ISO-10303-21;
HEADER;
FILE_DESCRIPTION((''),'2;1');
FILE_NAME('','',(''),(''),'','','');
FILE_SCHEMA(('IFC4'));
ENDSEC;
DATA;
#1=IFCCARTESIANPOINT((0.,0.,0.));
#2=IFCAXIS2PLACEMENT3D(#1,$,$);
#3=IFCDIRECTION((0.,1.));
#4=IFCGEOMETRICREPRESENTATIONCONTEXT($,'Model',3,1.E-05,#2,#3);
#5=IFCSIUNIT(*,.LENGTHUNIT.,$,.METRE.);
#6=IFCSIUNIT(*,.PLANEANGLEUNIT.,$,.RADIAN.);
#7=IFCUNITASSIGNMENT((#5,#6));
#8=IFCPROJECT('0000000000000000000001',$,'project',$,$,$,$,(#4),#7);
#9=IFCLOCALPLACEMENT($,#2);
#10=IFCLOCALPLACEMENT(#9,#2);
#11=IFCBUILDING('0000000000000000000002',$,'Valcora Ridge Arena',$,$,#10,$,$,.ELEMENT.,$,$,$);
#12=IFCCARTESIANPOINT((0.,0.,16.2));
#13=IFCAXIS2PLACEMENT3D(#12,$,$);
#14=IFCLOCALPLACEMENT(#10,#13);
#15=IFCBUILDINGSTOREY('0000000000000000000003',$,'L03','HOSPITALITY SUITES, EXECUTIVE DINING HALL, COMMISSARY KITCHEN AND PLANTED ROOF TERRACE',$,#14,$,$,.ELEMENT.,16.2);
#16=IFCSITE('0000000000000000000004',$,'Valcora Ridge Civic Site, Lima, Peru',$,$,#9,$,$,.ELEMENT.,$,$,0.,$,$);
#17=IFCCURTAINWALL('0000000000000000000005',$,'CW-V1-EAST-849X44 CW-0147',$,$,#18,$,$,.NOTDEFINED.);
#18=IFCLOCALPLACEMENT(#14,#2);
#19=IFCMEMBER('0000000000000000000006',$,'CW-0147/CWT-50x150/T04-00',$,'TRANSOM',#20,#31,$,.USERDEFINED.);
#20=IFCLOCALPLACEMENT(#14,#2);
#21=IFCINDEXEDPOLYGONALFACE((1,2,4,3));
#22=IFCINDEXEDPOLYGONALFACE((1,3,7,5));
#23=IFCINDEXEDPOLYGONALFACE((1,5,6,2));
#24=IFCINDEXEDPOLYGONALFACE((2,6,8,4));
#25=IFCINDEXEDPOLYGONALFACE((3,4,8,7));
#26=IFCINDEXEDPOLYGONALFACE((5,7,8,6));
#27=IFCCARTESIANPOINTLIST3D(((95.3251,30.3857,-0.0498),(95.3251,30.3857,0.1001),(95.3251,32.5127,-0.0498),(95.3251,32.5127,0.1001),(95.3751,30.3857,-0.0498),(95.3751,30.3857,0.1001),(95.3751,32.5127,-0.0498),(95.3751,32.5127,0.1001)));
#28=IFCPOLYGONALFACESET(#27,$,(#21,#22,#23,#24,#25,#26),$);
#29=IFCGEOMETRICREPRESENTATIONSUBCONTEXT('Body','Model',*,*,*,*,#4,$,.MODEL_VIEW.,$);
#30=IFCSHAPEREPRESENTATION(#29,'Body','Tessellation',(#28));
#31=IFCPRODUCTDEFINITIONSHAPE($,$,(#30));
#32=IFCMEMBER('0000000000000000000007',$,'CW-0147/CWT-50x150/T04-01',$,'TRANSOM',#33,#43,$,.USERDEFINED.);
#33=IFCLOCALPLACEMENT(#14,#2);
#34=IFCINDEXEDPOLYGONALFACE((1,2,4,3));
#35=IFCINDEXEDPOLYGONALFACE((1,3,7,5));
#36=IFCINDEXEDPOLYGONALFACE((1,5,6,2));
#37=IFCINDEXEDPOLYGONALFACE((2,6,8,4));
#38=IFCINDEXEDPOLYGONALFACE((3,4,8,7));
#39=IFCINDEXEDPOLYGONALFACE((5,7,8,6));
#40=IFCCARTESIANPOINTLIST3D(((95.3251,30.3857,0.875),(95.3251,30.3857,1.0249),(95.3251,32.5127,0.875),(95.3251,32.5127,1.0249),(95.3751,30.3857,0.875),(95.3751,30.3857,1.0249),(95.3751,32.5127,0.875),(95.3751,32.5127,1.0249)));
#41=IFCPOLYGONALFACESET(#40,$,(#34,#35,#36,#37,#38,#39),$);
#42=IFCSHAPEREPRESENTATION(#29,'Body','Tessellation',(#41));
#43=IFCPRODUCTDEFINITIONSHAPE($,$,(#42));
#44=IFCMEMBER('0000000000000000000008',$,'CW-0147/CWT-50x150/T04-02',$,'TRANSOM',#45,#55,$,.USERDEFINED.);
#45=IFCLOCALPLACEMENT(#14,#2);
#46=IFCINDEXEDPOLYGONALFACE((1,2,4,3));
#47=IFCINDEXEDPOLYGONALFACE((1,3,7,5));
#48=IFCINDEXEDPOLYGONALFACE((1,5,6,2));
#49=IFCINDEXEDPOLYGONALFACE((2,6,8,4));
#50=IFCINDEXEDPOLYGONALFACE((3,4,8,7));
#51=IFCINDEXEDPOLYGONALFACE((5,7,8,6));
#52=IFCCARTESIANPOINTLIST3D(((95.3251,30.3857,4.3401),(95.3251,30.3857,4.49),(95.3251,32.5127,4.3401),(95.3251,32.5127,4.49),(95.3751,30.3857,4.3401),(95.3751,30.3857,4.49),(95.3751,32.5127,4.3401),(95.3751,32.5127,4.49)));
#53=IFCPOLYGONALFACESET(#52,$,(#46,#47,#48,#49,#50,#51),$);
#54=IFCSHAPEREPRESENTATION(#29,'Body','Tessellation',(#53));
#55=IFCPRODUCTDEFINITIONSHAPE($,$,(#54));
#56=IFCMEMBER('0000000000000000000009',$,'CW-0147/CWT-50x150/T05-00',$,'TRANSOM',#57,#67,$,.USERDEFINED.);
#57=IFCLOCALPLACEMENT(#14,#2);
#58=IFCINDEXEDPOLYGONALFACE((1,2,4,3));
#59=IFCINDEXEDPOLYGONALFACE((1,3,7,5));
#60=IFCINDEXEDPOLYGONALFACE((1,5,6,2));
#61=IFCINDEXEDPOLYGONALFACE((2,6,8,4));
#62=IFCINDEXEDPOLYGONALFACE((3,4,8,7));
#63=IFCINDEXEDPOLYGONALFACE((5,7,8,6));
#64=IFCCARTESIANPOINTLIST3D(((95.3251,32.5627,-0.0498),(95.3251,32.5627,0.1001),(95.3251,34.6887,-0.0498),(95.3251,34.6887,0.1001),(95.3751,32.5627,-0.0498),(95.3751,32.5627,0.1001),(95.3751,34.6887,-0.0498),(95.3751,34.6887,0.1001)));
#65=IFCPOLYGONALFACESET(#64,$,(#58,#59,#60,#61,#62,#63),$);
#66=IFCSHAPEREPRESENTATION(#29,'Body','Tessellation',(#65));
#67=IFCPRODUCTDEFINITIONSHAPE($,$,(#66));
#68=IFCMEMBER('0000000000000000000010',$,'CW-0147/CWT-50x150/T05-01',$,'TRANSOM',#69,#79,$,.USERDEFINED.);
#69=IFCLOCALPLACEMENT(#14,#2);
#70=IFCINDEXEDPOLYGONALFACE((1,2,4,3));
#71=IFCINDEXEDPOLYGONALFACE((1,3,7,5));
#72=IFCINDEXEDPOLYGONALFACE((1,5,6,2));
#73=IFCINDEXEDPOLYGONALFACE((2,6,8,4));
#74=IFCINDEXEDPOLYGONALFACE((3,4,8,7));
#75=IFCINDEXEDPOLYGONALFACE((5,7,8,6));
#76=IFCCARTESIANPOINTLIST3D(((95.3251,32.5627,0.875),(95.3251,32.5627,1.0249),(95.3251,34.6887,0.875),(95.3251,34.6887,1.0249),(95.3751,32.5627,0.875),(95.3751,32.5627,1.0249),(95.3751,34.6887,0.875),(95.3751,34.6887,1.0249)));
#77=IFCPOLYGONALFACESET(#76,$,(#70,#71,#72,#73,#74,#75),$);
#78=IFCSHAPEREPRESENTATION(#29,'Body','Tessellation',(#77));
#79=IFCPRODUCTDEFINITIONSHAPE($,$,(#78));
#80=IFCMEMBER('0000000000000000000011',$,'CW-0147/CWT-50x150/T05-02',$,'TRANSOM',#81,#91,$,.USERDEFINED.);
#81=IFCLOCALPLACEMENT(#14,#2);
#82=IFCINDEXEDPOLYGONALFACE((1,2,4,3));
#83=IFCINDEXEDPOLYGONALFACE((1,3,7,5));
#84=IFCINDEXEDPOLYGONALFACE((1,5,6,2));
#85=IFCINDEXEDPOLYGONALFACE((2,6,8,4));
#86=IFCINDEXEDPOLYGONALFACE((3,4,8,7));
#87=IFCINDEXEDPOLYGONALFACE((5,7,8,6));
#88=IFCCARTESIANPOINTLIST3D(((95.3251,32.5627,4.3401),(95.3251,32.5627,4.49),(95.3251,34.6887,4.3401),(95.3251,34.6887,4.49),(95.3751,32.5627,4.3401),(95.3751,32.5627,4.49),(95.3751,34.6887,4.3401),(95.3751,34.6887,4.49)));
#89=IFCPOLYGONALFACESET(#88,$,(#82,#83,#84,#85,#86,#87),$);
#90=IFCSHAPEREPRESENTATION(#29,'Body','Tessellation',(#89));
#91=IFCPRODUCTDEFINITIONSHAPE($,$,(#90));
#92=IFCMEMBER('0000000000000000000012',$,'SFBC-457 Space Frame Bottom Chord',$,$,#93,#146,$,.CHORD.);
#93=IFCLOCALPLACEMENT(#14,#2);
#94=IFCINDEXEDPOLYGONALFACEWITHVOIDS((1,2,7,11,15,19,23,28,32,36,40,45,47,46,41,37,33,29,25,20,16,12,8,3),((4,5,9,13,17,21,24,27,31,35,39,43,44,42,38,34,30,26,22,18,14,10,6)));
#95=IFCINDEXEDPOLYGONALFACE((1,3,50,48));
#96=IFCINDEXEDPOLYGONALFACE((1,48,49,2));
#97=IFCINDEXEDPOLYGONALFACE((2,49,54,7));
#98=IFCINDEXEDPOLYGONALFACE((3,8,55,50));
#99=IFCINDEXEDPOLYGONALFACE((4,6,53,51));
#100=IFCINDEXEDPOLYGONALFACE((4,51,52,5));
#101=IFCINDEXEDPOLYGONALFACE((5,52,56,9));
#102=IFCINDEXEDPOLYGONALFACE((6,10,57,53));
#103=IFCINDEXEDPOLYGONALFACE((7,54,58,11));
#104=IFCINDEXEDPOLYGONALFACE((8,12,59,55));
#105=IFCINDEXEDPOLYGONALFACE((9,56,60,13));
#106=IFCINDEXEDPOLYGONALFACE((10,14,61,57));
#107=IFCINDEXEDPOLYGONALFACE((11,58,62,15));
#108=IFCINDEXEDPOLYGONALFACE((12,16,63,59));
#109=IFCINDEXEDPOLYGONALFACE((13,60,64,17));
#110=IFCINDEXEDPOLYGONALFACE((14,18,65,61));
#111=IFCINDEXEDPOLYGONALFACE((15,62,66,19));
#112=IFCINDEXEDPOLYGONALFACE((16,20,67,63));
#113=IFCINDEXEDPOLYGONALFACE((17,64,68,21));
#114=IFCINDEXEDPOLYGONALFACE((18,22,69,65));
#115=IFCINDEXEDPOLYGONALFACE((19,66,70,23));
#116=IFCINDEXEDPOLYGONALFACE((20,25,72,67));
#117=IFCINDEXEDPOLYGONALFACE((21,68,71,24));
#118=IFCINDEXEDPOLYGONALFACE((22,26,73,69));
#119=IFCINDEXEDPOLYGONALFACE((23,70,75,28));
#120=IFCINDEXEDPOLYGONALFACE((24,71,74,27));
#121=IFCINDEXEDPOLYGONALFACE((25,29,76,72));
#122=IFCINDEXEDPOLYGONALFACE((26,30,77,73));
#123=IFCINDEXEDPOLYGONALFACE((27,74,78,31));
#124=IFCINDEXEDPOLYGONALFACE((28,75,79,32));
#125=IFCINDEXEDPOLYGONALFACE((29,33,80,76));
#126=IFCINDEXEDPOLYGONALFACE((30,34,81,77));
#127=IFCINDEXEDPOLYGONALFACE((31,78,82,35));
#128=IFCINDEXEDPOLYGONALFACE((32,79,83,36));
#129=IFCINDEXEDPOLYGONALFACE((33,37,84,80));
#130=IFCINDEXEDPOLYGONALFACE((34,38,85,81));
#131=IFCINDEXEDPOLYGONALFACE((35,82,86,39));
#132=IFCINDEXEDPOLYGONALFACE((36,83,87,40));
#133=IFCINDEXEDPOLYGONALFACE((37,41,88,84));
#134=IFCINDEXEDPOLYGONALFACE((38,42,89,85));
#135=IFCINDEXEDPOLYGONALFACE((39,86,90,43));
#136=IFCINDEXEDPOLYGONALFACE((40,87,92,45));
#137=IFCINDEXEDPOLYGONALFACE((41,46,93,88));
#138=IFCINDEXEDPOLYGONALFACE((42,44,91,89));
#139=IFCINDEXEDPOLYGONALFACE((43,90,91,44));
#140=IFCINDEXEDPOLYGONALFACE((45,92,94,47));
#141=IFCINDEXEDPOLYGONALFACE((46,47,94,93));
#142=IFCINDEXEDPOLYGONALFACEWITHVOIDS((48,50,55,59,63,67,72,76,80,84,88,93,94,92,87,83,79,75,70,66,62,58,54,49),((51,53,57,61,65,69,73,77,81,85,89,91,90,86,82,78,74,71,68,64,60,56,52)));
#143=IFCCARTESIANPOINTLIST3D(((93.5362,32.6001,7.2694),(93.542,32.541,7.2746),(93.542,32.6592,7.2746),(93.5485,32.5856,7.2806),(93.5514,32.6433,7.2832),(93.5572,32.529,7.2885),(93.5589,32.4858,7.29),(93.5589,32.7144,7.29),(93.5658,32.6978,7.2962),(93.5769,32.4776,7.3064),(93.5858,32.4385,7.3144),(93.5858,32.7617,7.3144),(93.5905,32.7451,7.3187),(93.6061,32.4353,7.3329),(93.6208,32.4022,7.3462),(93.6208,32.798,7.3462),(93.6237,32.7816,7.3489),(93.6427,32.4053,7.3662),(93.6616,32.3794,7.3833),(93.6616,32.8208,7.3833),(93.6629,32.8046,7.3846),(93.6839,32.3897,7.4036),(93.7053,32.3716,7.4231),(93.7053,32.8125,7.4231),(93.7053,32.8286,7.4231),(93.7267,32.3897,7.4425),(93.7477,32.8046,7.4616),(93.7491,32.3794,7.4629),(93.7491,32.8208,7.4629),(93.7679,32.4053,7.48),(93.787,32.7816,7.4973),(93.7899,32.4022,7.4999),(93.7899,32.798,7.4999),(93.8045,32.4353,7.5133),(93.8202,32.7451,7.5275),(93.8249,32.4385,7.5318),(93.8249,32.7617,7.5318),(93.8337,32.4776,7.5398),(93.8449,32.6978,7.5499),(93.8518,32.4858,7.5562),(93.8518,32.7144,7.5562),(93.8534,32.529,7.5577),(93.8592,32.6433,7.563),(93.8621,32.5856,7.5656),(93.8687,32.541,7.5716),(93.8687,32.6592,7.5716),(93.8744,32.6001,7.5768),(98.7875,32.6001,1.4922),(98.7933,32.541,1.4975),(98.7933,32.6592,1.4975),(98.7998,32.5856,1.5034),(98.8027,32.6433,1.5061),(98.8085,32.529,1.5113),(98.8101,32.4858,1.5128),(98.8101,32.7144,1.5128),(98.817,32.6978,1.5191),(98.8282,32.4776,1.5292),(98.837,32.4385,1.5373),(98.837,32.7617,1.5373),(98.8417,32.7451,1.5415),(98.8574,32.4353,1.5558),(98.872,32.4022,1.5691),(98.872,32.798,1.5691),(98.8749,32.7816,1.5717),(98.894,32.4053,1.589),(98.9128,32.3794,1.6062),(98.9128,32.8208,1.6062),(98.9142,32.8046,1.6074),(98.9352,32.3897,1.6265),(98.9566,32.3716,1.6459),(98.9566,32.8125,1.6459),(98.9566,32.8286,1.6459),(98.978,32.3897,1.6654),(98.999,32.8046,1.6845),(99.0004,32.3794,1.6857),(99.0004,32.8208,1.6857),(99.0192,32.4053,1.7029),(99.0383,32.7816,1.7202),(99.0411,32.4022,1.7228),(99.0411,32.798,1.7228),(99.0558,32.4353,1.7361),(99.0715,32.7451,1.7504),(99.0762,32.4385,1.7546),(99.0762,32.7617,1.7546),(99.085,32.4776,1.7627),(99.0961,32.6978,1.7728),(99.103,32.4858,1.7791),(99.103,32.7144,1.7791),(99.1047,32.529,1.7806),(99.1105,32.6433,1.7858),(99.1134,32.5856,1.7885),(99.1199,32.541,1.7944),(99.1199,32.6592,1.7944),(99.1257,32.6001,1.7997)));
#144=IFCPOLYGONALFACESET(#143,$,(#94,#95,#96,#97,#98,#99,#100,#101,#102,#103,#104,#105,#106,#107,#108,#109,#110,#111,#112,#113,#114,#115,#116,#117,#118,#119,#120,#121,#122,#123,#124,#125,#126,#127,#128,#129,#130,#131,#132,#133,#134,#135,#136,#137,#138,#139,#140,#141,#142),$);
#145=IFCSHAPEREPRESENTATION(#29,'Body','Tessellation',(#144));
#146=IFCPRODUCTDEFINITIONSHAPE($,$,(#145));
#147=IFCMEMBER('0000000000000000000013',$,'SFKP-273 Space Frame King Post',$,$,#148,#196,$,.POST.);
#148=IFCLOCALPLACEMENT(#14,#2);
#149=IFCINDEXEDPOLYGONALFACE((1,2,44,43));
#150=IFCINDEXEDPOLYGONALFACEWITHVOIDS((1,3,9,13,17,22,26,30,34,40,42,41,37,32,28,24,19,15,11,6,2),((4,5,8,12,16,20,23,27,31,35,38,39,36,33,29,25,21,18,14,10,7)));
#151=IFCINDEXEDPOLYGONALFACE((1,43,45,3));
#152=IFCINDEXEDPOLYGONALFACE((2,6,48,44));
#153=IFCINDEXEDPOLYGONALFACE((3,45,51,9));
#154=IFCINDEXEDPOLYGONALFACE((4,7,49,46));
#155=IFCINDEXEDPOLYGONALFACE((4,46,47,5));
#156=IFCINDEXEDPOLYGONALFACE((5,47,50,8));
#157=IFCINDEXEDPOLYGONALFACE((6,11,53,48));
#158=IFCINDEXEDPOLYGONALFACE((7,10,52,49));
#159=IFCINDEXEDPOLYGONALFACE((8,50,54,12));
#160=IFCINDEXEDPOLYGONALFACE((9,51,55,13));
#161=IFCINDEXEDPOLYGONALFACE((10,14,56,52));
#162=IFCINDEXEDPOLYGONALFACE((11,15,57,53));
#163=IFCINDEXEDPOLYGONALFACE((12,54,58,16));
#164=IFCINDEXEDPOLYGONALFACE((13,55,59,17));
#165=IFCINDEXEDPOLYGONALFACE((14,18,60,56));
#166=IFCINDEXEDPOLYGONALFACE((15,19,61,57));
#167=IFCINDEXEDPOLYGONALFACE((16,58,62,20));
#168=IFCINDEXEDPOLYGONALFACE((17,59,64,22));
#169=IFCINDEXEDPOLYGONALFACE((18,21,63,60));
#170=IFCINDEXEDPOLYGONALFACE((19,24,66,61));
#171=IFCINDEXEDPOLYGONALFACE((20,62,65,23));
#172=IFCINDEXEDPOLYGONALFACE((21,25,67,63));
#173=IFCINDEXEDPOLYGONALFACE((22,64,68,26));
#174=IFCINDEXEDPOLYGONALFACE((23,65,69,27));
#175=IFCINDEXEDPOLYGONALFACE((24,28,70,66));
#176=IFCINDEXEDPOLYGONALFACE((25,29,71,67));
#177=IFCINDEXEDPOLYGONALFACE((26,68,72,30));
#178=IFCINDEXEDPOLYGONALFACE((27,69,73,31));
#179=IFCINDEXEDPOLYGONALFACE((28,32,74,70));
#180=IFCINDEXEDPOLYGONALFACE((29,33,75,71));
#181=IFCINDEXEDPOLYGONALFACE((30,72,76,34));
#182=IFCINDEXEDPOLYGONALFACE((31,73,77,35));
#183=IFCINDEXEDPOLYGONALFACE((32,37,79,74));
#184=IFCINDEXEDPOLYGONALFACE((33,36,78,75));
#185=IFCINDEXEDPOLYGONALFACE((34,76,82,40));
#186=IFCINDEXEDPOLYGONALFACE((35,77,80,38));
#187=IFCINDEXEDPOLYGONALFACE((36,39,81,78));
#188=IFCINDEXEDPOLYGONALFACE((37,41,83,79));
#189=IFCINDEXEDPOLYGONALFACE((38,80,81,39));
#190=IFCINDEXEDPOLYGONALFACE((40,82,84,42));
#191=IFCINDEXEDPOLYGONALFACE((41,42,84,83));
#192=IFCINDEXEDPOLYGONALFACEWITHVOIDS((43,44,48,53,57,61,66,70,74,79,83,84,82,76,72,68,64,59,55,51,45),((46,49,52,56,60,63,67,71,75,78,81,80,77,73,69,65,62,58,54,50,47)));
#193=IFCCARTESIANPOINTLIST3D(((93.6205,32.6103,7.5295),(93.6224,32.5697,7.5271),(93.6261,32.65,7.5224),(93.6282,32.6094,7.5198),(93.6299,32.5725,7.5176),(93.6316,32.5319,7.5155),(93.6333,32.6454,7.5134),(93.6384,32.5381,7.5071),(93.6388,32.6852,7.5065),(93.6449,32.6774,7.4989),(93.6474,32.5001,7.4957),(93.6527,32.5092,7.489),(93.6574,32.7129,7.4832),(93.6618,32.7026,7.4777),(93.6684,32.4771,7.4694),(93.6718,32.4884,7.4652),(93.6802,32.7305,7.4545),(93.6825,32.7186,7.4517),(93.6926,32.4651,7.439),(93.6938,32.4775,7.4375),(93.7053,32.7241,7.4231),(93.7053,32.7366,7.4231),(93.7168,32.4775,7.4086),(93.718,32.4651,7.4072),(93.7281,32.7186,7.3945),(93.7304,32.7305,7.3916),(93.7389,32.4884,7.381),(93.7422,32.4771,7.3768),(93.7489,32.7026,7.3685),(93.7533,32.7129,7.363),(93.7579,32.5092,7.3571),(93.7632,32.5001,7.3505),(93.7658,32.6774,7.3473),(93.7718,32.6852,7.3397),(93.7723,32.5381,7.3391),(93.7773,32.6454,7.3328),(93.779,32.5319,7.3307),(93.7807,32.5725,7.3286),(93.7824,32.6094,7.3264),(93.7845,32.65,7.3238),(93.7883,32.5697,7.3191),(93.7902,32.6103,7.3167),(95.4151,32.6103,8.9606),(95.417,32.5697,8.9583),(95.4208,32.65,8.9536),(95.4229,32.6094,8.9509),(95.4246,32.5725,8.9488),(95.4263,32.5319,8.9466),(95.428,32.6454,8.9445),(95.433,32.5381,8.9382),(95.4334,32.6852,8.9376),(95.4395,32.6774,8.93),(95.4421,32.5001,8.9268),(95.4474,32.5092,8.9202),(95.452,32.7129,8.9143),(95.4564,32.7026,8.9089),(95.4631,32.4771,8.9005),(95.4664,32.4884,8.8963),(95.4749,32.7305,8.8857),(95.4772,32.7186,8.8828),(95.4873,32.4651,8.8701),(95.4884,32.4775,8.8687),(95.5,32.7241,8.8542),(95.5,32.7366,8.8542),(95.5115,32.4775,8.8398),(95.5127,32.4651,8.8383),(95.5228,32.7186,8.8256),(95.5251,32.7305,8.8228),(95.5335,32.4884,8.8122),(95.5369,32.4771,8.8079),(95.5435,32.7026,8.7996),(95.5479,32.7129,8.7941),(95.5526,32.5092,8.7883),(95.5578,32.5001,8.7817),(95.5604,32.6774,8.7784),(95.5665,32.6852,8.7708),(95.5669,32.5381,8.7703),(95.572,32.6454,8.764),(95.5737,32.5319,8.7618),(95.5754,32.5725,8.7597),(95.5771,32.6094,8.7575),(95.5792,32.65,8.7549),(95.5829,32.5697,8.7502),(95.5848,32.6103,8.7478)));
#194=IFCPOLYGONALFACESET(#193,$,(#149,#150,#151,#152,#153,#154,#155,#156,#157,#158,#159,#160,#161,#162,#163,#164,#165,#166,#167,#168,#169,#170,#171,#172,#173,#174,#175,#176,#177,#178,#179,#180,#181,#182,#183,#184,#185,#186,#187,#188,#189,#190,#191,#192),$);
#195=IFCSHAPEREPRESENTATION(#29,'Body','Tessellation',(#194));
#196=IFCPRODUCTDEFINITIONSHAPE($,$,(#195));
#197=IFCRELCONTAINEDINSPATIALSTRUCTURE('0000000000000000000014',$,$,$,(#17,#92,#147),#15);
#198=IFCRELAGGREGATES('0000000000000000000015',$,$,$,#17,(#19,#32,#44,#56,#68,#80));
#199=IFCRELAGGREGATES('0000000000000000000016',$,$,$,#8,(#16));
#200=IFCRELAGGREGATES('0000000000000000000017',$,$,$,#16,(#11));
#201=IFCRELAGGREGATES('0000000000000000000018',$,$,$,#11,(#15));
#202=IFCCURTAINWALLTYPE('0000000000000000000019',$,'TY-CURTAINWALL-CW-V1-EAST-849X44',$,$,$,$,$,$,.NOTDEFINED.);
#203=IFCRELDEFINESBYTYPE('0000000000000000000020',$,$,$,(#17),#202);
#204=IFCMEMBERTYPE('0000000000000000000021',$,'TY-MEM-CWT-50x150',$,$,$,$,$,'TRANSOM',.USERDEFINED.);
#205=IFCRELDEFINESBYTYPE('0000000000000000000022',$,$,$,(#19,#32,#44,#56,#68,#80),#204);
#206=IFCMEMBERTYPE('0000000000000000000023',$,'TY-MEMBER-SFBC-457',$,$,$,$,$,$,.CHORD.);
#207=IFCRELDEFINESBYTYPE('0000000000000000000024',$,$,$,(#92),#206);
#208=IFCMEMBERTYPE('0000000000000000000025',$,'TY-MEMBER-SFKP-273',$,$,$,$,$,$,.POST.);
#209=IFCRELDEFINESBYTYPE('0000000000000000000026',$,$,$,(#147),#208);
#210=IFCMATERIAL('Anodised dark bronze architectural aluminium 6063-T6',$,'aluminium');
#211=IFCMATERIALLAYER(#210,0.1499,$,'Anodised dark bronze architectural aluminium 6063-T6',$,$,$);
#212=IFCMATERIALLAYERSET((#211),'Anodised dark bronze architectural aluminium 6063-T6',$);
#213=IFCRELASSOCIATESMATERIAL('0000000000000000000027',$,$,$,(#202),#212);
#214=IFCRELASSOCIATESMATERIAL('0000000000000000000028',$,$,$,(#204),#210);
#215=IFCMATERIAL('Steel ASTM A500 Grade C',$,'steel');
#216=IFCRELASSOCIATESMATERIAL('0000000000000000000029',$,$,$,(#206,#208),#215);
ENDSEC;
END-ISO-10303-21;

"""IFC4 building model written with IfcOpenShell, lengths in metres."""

from ifc_helpers import new_model, si_unit, direction, frame, origin, origin_2d, place, context, subcontext, project, spatial, rectangle, hollow_circle, extrude, material, layer, layer_set, material_profile, profile_set, type_object, element, aggregate, save


model = new_model("IFC4")

# Units and contexts
model_context = context("Model", 3, precision=1e-05, world=origin(), true_north=direction((0.0, 1.0)))
body_context = subcontext(model_context, "Body", "Model", "MODEL_VIEW")
ifc_project = project(units=[si_unit("LENGTHUNIT", "METRE"), si_unit("PLANEANGLEUNIT", "RADIAN")], contexts=[model_context])

# Site, building, storey
site_placement = place(None, origin())
site = spatial("IfcSite", under=ifc_project, at=site_placement, Name="Valcora Ridge Civic Site, Lima, Peru", CompositionType="ELEMENT", RefElevation=0.0)
building_placement = place(site_placement, origin())
building = spatial("IfcBuilding", under=site, at=building_placement, Name="Valcora Ridge Arena", CompositionType="ELEMENT")
storey_placement = place(building_placement, frame((0.0, 0.0, 16.2)))
storey = spatial("IfcBuildingStorey", under=building, at=storey_placement, Name="L03", Description="HOSPITALITY SUITES, EXECUTIVE DINING HALL, COMMISSARY KITCHEN AND PLANTED ROOF TERRACE", CompositionType="ELEMENT", Elevation=16.2)

# Curtain wall, members
ifc_material_1 = material(Name="Anodised dark bronze architectural aluminium 6063-T6", Category="aluminium")
ifc_layer_1 = layer(ifc_material_1, 0.1499, Name="Anodised dark bronze architectural aluminium 6063-T6")
ifc_layer_set_1 = layer_set([ifc_layer_1], Name="Anodised dark bronze architectural aluminium 6063-T6")
curtain_wall_type = type_object("IfcCurtainWallType", Name="TY-CURTAINWALL-CW-V1-EAST-849X44", PredefinedType="NOTDEFINED", material=ifc_layer_set_1)
curtain_wall_placement = place(storey_placement, origin())
curtain_wall = element("IfcCurtainWall", 1, at=curtain_wall_placement, inside=storey, type_object=curtain_wall_type, Name="CW-V1-EAST-849X44 CW-0147", PredefinedType="NOTDEFINED")
ifc_material_profile_1 = material_profile(ifc_material_1, rectangle(XDim=0.05, YDim=0.1499, at=origin_2d()), Name="ALU TRANSOM 50x150")
ifc_profile_set_1 = profile_set([ifc_material_profile_1], Name="Anodised dark bronze architectural aluminium 6063-T6")
member_type_1 = type_object("IfcMemberType", Name="TY-MEM-CWT-50x150", ElementType="TRANSOM", PredefinedType="USERDEFINED", material=ifc_profile_set_1)
member_1_placement = place(storey_placement, frame((95.3501, 30.3857, 0.0251), z_axis=(0.0, 1.0, 0.0), x_axis=(-1.0, 0.0, 0.0)))
member_1 = element("IfcMember", 2, at=member_1_placement, type_object=member_type_1, Name="CW-0147/CWT-50x150/T04-00", ObjectType="TRANSOM", PredefinedType="USERDEFINED", context=body_context, shape_type="SweptSolid", body=[
    extrude(rectangle(XDim=0.05, YDim=0.1499, at=origin_2d()), origin(), (0.0, 0.0, 1.0), 2.127),
])
member_2_placement = place(storey_placement, frame((95.3501, 30.3857, 0.95), z_axis=(0.0, 1.0, 0.0), x_axis=(-1.0, 0.0, 0.0)))
member_2 = element("IfcMember", 3, at=member_2_placement, type_object=member_type_1, Name="CW-0147/CWT-50x150/T04-01", ObjectType="TRANSOM", PredefinedType="USERDEFINED", context=body_context, shape_type="SweptSolid", body=[
    extrude(rectangle(XDim=0.05, YDim=0.1499, at=origin_2d()), origin(), (0.0, 0.0, 1.0), 2.127),
])
member_3_placement = place(storey_placement, frame((95.3501, 30.3857, 4.415), z_axis=(0.0, 1.0, 0.0), x_axis=(-1.0, 0.0, 0.0)))
member_3 = element("IfcMember", 4, at=member_3_placement, type_object=member_type_1, Name="CW-0147/CWT-50x150/T04-02", ObjectType="TRANSOM", PredefinedType="USERDEFINED", context=body_context, shape_type="SweptSolid", body=[
    extrude(rectangle(XDim=0.05, YDim=0.1499, at=origin_2d()), origin(), (0.0, 0.0, 1.0), 2.127),
])
member_4_placement = place(storey_placement, frame((95.3501, 32.5627, 0.0251), z_axis=(0.0, 1.0, 0.0), x_axis=(-1.0, 0.0, 0.0)))
member_4 = element("IfcMember", 5, at=member_4_placement, type_object=member_type_1, Name="CW-0147/CWT-50x150/T05-00", ObjectType="TRANSOM", PredefinedType="USERDEFINED", context=body_context, shape_type="SweptSolid", body=[
    extrude(rectangle(XDim=0.05, YDim=0.1499, at=origin_2d()), origin(), (0.0, 0.0, 1.0), 2.126),
])
member_5_placement = place(storey_placement, frame((95.3501, 32.5627, 0.95), z_axis=(0.0, 1.0, 0.0), x_axis=(-1.0, 0.0, 0.0)))
member_5 = element("IfcMember", 6, at=member_5_placement, type_object=member_type_1, Name="CW-0147/CWT-50x150/T05-01", ObjectType="TRANSOM", PredefinedType="USERDEFINED", context=body_context, shape_type="SweptSolid", body=[
    extrude(rectangle(XDim=0.05, YDim=0.1499, at=origin_2d()), origin(), (0.0, 0.0, 1.0), 2.126),
])
member_6_placement = place(storey_placement, frame((95.3501, 32.5627, 4.415), z_axis=(0.0, 1.0, 0.0), x_axis=(-1.0, 0.0, 0.0)))
member_6 = element("IfcMember", 7, at=member_6_placement, type_object=member_type_1, Name="CW-0147/CWT-50x150/T05-02", ObjectType="TRANSOM", PredefinedType="USERDEFINED", context=body_context, shape_type="SweptSolid", body=[
    extrude(rectangle(XDim=0.05, YDim=0.1499, at=origin_2d()), origin(), (0.0, 0.0, 1.0), 2.126),
])

# Members
ifc_material_2 = material(Name="Steel ASTM A500 Grade C", Category="steel")
ifc_material_profile_2 = material_profile(ifc_material_2, hollow_circle(Radius=0.2285, WallThickness=0.0161, at=origin_2d()), Name="CHS457X16")
ifc_profile_set_2 = profile_set([ifc_material_profile_2], Name="Steel ASTM A500 Grade C")
member_type_2 = type_object("IfcMemberType", Name="TY-MEMBER-SFBC-457", PredefinedType="CHORD", material=ifc_profile_set_2)
member_7_placement = place(storey_placement, frame((93.7053, 32.6001, 7.4231), z_axis=(0.672625, 0.0, -0.739984), x_axis=(0.0, 1.0, 0.0)))
element("IfcMember", 8, at=member_7_placement, inside=storey, type_object=member_type_2, Name="SFBC-457 Space Frame Bottom Chord", PredefinedType="CHORD", context=body_context, shape_type="SweptSolid", body=[
    extrude(hollow_circle(Radius=0.2285, WallThickness=0.0161, at=origin_2d()), origin(), (0.0, 0.0, 1.0), 7.8071),
])
ifc_material_profile_3 = material_profile(ifc_material_2, hollow_circle(Radius=0.1365, WallThickness=0.0125, at=origin_2d()), Name="CHS273X12")
ifc_profile_set_3 = profile_set([ifc_material_profile_3], Name="Steel ASTM A500 Grade C")
member_type_3 = type_object("IfcMemberType", Name="TY-MEMBER-SFKP-273", PredefinedType="POST", material=ifc_profile_set_3)
member_8_placement = place(storey_placement, frame((93.7053, 32.6001, 7.4231), z_axis=(0.781843, 0.0, 0.623475), x_axis=(0.0, 1.0, 0.0)))
element("IfcMember", 9, at=member_8_placement, inside=storey, type_object=member_type_3, Name="SFKP-273 Space Frame King Post", PredefinedType="POST", context=body_context, shape_type="SweptSolid", body=[
    extrude(hollow_circle(Radius=0.1365, WallThickness=0.0125, at=origin_2d()), origin(), (0.0, 0.0, 1.0), 2.2954),
])

aggregate(curtain_wall, [member_1, member_2, member_3, member_4, member_5, member_6])

save(model, "model.ifc")
